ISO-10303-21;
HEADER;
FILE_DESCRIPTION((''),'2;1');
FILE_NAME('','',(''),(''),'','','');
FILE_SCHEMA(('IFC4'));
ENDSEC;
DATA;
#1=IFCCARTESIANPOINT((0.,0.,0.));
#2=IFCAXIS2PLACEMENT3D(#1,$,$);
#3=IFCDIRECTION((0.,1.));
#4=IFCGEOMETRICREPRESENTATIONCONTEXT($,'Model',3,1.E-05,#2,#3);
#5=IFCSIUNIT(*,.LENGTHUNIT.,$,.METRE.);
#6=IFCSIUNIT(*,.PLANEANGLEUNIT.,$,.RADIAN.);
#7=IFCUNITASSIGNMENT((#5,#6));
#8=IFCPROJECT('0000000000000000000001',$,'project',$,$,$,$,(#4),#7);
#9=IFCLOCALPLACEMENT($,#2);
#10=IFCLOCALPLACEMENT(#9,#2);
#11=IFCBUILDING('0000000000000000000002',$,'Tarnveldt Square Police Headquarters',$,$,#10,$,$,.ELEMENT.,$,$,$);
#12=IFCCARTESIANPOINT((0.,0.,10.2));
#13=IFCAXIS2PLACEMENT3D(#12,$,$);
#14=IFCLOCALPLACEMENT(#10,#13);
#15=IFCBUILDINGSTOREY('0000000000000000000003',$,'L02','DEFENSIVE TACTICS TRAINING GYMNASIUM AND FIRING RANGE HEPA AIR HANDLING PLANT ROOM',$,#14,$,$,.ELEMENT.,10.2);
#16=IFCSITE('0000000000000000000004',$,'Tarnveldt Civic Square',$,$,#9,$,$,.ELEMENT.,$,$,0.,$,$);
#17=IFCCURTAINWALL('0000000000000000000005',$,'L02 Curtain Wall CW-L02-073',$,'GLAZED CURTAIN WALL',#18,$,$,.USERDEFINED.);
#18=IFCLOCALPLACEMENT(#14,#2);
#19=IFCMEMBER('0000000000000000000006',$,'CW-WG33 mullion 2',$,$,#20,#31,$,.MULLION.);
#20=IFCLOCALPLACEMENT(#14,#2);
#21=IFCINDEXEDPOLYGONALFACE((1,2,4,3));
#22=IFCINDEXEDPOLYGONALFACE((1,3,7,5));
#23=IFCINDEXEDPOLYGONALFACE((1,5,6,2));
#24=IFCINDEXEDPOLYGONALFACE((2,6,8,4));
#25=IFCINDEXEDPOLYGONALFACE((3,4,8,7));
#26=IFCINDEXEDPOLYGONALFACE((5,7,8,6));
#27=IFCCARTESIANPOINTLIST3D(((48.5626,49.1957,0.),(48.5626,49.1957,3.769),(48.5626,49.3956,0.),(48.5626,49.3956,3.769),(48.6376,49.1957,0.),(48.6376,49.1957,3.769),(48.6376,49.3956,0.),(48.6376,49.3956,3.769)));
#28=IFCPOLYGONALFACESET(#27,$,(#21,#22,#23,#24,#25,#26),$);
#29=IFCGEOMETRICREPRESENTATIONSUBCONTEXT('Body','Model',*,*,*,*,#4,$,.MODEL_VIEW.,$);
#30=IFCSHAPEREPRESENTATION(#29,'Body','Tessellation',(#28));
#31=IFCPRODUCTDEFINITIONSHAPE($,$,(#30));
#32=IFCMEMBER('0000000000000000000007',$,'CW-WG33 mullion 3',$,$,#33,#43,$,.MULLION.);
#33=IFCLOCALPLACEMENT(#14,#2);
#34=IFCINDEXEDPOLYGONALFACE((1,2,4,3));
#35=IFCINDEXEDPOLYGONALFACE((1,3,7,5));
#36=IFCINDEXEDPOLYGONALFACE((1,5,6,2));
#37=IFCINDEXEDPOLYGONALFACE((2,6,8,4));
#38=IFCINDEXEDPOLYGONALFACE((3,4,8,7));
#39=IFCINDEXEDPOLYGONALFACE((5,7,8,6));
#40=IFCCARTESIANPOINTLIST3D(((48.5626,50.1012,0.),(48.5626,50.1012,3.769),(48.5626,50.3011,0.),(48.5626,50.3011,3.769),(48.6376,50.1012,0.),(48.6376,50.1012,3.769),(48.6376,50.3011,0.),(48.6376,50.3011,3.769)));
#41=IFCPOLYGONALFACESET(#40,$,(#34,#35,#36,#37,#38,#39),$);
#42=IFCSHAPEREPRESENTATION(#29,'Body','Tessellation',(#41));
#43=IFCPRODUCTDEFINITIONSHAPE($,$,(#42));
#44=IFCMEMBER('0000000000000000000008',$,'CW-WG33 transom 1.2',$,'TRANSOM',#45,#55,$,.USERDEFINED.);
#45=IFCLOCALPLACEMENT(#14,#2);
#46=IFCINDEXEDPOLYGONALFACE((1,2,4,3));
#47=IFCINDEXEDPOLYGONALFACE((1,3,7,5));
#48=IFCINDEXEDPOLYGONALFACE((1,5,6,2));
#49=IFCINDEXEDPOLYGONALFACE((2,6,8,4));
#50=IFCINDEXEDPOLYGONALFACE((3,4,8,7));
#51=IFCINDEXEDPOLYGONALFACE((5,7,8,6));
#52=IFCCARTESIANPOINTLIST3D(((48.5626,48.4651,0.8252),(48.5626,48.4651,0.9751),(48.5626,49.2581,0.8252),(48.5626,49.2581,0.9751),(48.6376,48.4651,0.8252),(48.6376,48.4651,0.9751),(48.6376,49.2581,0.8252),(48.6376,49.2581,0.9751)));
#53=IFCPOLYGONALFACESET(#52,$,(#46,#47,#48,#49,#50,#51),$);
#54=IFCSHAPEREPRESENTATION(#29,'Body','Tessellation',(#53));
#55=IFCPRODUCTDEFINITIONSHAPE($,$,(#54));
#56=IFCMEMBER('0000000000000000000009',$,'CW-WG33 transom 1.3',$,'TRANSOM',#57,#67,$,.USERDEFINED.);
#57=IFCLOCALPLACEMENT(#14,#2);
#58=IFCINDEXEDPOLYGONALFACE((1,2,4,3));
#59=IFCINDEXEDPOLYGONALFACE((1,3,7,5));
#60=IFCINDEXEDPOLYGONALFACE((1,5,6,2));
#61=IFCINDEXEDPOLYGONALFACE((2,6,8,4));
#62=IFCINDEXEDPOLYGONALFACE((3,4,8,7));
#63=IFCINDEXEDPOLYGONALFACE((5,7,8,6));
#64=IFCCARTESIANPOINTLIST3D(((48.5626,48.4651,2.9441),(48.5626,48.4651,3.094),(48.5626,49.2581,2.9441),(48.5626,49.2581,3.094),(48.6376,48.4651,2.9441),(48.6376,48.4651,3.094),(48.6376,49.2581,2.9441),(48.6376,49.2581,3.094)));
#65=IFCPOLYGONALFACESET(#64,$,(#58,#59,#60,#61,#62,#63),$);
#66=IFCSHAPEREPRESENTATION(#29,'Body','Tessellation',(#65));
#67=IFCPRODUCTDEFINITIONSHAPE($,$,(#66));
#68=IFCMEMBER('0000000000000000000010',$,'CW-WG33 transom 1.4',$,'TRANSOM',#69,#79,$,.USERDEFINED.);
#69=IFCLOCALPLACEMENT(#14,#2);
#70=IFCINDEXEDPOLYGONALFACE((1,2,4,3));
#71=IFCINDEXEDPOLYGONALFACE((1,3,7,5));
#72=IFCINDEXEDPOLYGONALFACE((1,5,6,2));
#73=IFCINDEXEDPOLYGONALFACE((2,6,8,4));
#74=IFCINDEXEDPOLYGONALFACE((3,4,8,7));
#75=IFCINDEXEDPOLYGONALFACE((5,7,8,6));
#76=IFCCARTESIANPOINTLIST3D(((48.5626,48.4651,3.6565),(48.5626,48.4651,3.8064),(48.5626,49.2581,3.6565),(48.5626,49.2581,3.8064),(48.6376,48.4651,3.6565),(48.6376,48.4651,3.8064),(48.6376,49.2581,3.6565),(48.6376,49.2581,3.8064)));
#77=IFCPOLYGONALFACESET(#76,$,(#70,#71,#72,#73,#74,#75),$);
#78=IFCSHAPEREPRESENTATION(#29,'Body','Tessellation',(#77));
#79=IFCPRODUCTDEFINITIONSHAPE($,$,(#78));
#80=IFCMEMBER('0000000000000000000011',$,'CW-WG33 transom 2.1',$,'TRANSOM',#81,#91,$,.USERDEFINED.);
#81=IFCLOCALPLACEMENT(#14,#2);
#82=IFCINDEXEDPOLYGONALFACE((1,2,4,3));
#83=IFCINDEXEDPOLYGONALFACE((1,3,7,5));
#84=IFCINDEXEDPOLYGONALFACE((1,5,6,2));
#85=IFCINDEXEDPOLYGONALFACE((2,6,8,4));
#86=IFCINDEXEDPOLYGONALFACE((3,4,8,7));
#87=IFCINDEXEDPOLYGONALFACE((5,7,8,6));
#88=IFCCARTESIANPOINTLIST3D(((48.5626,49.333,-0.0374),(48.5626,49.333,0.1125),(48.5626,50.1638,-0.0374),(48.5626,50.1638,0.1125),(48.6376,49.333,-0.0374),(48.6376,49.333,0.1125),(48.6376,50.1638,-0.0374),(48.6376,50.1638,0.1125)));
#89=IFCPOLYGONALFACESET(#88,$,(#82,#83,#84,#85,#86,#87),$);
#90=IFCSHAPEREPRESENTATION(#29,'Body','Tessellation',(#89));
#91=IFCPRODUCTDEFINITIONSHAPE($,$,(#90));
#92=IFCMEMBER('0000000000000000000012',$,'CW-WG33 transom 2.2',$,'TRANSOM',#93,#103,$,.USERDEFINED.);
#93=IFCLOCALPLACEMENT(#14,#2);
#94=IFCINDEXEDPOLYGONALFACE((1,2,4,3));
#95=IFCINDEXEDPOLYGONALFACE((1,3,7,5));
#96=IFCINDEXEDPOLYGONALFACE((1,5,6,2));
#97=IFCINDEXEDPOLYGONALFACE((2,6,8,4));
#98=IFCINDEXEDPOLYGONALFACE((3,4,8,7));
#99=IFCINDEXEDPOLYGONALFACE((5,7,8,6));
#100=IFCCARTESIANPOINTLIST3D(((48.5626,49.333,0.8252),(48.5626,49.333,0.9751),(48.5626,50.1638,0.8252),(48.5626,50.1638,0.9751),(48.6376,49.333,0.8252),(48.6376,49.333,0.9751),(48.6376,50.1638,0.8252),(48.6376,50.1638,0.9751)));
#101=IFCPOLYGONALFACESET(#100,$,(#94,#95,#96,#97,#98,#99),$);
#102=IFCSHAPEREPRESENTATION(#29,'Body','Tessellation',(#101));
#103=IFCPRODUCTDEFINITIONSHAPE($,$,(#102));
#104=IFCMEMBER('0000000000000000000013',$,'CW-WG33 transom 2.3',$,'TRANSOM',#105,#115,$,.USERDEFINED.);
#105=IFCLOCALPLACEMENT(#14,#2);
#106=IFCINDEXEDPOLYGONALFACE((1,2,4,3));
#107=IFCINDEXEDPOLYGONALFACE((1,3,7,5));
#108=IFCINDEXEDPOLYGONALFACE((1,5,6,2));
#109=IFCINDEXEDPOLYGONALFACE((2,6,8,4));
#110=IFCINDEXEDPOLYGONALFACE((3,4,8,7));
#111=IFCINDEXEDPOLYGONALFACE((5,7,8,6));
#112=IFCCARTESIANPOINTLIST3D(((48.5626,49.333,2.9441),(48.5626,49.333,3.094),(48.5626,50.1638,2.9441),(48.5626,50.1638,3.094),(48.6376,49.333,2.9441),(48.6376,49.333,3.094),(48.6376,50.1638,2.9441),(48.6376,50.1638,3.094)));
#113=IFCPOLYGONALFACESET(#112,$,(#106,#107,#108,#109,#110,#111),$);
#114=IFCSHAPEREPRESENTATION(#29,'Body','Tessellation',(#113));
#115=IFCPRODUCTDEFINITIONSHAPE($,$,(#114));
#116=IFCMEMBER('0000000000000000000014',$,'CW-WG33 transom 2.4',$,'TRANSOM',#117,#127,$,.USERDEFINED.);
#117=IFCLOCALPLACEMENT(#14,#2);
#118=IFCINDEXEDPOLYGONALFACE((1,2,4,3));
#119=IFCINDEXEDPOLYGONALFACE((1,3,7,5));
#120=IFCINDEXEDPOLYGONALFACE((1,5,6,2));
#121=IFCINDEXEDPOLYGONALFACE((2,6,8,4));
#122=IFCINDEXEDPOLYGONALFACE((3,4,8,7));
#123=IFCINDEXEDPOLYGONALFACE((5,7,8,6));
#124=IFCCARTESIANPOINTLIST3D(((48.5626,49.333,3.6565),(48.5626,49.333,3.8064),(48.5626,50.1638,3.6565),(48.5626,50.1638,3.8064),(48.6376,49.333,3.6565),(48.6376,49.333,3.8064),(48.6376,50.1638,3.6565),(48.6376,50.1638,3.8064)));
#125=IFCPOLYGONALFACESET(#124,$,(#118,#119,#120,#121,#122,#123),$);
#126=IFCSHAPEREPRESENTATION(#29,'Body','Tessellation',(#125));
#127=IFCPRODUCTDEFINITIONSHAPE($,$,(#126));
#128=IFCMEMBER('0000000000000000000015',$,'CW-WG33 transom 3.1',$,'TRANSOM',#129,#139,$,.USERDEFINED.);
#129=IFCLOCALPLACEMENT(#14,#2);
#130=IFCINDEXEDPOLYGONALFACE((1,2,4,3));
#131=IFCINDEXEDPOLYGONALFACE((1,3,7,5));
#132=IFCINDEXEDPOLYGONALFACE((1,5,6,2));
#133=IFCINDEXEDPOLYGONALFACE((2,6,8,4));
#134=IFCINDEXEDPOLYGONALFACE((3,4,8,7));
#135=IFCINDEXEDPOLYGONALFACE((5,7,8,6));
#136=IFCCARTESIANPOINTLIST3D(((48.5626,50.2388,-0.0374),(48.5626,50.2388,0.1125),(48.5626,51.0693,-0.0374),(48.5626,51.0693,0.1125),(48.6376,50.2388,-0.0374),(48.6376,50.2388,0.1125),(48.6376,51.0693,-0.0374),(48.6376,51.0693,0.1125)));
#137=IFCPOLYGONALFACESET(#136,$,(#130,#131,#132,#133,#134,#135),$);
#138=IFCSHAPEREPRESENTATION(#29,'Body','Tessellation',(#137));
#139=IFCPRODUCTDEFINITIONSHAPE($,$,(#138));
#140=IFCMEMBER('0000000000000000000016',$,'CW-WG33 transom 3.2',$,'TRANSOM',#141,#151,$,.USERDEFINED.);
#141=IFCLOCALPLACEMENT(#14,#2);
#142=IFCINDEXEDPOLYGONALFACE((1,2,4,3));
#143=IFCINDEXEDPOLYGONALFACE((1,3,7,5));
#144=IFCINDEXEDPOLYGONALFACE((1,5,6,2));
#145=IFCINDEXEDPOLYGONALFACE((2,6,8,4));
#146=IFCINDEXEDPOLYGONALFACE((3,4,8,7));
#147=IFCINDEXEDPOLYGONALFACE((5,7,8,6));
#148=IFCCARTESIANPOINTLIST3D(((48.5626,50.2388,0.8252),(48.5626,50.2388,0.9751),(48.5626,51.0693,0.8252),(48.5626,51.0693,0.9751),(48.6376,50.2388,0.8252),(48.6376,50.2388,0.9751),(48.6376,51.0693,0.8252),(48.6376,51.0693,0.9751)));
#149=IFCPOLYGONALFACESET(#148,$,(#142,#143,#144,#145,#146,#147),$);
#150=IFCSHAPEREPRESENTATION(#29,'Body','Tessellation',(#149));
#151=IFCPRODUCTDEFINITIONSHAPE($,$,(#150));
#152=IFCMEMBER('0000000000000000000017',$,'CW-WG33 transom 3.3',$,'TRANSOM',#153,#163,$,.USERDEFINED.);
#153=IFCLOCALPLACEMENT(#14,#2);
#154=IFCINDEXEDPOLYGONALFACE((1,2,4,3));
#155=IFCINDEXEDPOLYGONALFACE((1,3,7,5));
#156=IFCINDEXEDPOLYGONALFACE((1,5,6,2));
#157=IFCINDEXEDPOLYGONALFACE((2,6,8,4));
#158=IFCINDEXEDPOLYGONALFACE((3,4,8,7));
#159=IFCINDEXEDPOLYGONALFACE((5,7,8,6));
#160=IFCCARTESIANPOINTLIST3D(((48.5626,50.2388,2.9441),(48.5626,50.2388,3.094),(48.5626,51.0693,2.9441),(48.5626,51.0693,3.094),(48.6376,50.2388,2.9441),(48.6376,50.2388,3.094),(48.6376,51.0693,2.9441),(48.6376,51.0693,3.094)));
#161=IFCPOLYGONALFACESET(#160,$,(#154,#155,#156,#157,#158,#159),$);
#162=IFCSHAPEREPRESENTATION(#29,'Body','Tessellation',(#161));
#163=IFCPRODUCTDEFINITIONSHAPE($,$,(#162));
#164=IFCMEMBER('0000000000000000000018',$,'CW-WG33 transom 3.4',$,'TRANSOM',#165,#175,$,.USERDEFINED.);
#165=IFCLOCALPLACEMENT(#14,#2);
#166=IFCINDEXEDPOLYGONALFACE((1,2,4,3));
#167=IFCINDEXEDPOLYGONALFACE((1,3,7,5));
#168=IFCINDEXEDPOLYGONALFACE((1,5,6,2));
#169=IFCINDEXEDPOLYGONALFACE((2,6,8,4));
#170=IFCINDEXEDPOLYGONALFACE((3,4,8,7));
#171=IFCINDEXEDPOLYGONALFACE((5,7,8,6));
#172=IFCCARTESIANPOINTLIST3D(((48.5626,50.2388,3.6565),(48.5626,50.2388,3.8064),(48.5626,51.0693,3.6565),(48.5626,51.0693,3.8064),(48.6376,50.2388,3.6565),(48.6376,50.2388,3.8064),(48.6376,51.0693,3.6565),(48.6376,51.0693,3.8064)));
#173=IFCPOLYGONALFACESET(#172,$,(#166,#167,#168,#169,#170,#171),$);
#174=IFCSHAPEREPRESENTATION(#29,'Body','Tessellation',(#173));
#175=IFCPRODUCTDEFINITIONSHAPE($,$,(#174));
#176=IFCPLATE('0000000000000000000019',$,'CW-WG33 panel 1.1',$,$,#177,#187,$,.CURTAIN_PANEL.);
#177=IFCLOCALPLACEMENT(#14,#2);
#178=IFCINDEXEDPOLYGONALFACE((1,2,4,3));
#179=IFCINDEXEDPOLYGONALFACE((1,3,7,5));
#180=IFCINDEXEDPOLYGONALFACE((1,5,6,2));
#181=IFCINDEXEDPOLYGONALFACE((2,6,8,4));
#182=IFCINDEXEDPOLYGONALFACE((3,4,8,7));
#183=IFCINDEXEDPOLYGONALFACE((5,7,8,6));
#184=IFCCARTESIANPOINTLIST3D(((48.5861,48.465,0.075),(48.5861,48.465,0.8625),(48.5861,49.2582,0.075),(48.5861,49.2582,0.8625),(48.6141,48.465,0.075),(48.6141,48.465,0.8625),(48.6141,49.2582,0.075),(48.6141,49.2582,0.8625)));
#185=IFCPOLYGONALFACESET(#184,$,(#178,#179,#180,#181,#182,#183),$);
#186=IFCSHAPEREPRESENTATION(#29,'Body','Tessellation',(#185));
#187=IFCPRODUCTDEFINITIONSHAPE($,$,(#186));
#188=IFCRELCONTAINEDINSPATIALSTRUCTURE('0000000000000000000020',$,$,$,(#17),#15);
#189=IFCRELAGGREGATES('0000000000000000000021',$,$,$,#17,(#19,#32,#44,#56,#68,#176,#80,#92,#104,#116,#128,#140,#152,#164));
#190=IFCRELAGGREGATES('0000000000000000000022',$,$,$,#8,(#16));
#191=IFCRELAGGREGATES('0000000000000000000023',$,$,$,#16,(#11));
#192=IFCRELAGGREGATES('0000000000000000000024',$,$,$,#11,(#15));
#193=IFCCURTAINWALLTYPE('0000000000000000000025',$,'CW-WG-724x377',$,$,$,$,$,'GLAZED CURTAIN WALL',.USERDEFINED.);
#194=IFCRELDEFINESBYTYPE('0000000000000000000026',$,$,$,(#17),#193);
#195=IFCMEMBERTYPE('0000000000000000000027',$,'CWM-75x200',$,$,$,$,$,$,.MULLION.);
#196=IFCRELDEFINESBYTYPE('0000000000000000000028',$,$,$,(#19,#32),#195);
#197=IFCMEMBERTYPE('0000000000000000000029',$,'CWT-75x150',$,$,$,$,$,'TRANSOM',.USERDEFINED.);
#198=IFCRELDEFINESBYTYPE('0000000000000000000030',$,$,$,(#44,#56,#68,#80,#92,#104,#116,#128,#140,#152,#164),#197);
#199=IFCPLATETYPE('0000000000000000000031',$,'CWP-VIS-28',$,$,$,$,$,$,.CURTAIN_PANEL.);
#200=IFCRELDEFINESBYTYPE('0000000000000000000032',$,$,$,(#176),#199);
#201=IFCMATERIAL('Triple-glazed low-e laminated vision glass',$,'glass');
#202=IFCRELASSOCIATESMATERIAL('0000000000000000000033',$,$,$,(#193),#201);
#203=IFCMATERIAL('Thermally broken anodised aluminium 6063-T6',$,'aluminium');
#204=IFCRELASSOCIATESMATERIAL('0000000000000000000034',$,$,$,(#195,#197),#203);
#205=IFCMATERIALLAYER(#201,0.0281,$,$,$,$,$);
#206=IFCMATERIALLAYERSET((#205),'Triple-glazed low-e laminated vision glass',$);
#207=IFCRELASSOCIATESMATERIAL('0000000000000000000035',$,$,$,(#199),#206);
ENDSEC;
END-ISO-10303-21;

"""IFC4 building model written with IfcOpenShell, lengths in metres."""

from ifc_helpers import new_model, si_unit, direction, frame, origin, origin_2d, place, context, subcontext, project, spatial, rectangle, extrude, material, layer, layer_set, material_profile, profile_set, type_object, element, aggregate, save


model = new_model("IFC4")

# Units and contexts
model_context = context("Model", 3, precision=1e-05, world=origin(), true_north=direction((0.0, 1.0)))
body_context = subcontext(model_context, "Body", "Model", "MODEL_VIEW")
ifc_project = project(units=[si_unit("LENGTHUNIT", "METRE"), si_unit("PLANEANGLEUNIT", "RADIAN")], contexts=[model_context])

# Site, building, storey
site_placement = place(None, origin())
site = spatial("IfcSite", under=ifc_project, at=site_placement, Name="Tarnveldt Civic Square", CompositionType="ELEMENT", RefElevation=0.0)
building_placement = place(site_placement, origin())
building = spatial("IfcBuilding", under=site, at=building_placement, Name="Tarnveldt Square Police Headquarters", CompositionType="ELEMENT")
storey_placement = place(building_placement, frame((0.0, 0.0, 10.2)))
storey = spatial("IfcBuildingStorey", under=building, at=storey_placement, Name="L02", Description="DEFENSIVE TACTICS TRAINING GYMNASIUM AND FIRING RANGE HEPA AIR HANDLING PLANT ROOM", CompositionType="ELEMENT", Elevation=10.2)

# Curtain wall, members, plate
ifc_material_1 = material(Name="Triple-glazed low-e laminated vision glass", Category="glass")
curtain_wall_type = type_object("IfcCurtainWallType", Name="CW-WG-724x377", ElementType="GLAZED CURTAIN WALL", PredefinedType="USERDEFINED", material=ifc_material_1)
curtain_wall_placement = place(storey_placement, origin())
curtain_wall = element("IfcCurtainWall", 1, at=curtain_wall_placement, inside=storey, type_object=curtain_wall_type, Name="L02 Curtain Wall CW-L02-073", ObjectType="GLAZED CURTAIN WALL", PredefinedType="USERDEFINED")
ifc_material_2 = material(Name="Thermally broken anodised aluminium 6063-T6", Category="aluminium")
ifc_material_profile_1 = material_profile(ifc_material_2, rectangle(XDim=0.075, YDim=0.2, at=origin_2d()), Name="CW-M75x200")
ifc_profile_set_1 = profile_set([ifc_material_profile_1], Name="Thermally broken anodised aluminium 6063-T6")
member_type_1 = type_object("IfcMemberType", Name="CWM-75x200", PredefinedType="MULLION", material=ifc_profile_set_1)
member_1_placement = place(storey_placement, frame((48.6001, 49.2957, 0.0), z_axis=(0.0, 0.0, 1.0), x_axis=(-1.0, 0.0, 0.0)))
member_1 = element("IfcMember", 2, at=member_1_placement, type_object=member_type_1, Name="CW-WG33 mullion 2", PredefinedType="MULLION", context=body_context, shape_type="SweptSolid", body=[
    extrude(rectangle(XDim=0.075, YDim=0.2, at=origin_2d()), origin(), (0.0, 0.0, 1.0), 3.769),
])
member_2_placement = place(storey_placement, frame((48.6001, 50.2012, 0.0), z_axis=(0.0, 0.0, 1.0), x_axis=(-1.0, 0.0, 0.0)))
member_2 = element("IfcMember", 3, at=member_2_placement, type_object=member_type_1, Name="CW-WG33 mullion 3", PredefinedType="MULLION", context=body_context, shape_type="SweptSolid", body=[
    extrude(rectangle(XDim=0.075, YDim=0.2, at=origin_2d()), origin(), (0.0, 0.0, 1.0), 3.769),
])
ifc_material_profile_2 = material_profile(ifc_material_2, rectangle(XDim=0.075, YDim=0.1499, at=origin_2d()), Name="CW-T75x150")
ifc_profile_set_2 = profile_set([ifc_material_profile_2], Name="Thermally broken anodised aluminium 6063-T6")
member_type_2 = type_object("IfcMemberType", Name="CWT-75x150", ElementType="TRANSOM", PredefinedType="USERDEFINED", material=ifc_profile_set_2)
member_3_placement = place(storey_placement, frame((48.6001, 48.4651, 0.9001), z_axis=(0.0, 1.0, 0.0), x_axis=(-1.0, 0.0, 0.0)))
member_3 = element("IfcMember", 4, at=member_3_placement, type_object=member_type_2, Name="CW-WG33 transom 1.2", ObjectType="TRANSOM", PredefinedType="USERDEFINED", context=body_context, shape_type="SweptSolid", body=[
    extrude(rectangle(XDim=0.075, YDim=0.1499, at=origin_2d()), origin(), (0.0, 0.0, 1.0), 0.793),
])
member_4_placement = place(storey_placement, frame((48.6001, 48.4651, 3.019), z_axis=(0.0, 1.0, 0.0), x_axis=(-1.0, 0.0, 0.0)))
member_4 = element("IfcMember", 5, at=member_4_placement, type_object=member_type_2, Name="CW-WG33 transom 1.3", ObjectType="TRANSOM", PredefinedType="USERDEFINED", context=body_context, shape_type="SweptSolid", body=[
    extrude(rectangle(XDim=0.075, YDim=0.1499, at=origin_2d()), origin(), (0.0, 0.0, 1.0), 0.793),
])
member_5_placement = place(storey_placement, frame((48.6001, 48.4651, 3.7314), z_axis=(0.0, 1.0, 0.0), x_axis=(-1.0, 0.0, 0.0)))
member_5 = element("IfcMember", 6, at=member_5_placement, type_object=member_type_2, Name="CW-WG33 transom 1.4", ObjectType="TRANSOM", PredefinedType="USERDEFINED", context=body_context, shape_type="SweptSolid", body=[
    extrude(rectangle(XDim=0.075, YDim=0.1499, at=origin_2d()), origin(), (0.0, 0.0, 1.0), 0.793),
])
member_6_placement = place(storey_placement, frame((48.6001, 49.333, 0.0376), z_axis=(0.0, 1.0, 0.0), x_axis=(-1.0, 0.0, 0.0)))
member_6 = element("IfcMember", 7, at=member_6_placement, type_object=member_type_2, Name="CW-WG33 transom 2.1", ObjectType="TRANSOM", PredefinedType="USERDEFINED", context=body_context, shape_type="SweptSolid", body=[
    extrude(rectangle(XDim=0.075, YDim=0.1499, at=origin_2d()), origin(), (0.0, 0.0, 1.0), 0.8308),
])
member_7_placement = place(storey_placement, frame((48.6001, 49.333, 0.9001), z_axis=(0.0, 1.0, 0.0), x_axis=(-1.0, 0.0, 0.0)))
member_7 = element("IfcMember", 8, at=member_7_placement, type_object=member_type_2, Name="CW-WG33 transom 2.2", ObjectType="TRANSOM", PredefinedType="USERDEFINED", context=body_context, shape_type="SweptSolid", body=[
    extrude(rectangle(XDim=0.075, YDim=0.1499, at=origin_2d()), origin(), (0.0, 0.0, 1.0), 0.8308),
])
member_8_placement = place(storey_placement, frame((48.6001, 49.333, 3.019), z_axis=(0.0, 1.0, 0.0), x_axis=(-1.0, 0.0, 0.0)))
member_8 = element("IfcMember", 9, at=member_8_placement, type_object=member_type_2, Name="CW-WG33 transom 2.3", ObjectType="TRANSOM", PredefinedType="USERDEFINED", context=body_context, shape_type="SweptSolid", body=[
    extrude(rectangle(XDim=0.075, YDim=0.1499, at=origin_2d()), origin(), (0.0, 0.0, 1.0), 0.8308),
])
member_9_placement = place(storey_placement, frame((48.6001, 49.333, 3.7314), z_axis=(0.0, 1.0, 0.0), x_axis=(-1.0, 0.0, 0.0)))
member_9 = element("IfcMember", 10, at=member_9_placement, type_object=member_type_2, Name="CW-WG33 transom 2.4", ObjectType="TRANSOM", PredefinedType="USERDEFINED", context=body_context, shape_type="SweptSolid", body=[
    extrude(rectangle(XDim=0.075, YDim=0.1499, at=origin_2d()), origin(), (0.0, 0.0, 1.0), 0.8308),
])
member_10_placement = place(storey_placement, frame((48.6001, 50.2388, 0.0376), z_axis=(0.0, 1.0, 0.0), x_axis=(-1.0, 0.0, 0.0)))
member_10 = element("IfcMember", 11, at=member_10_placement, type_object=member_type_2, Name="CW-WG33 transom 3.1", ObjectType="TRANSOM", PredefinedType="USERDEFINED", context=body_context, shape_type="SweptSolid", body=[
    extrude(rectangle(XDim=0.075, YDim=0.1499, at=origin_2d()), origin(), (0.0, 0.0, 1.0), 0.8306),
])
member_11_placement = place(storey_placement, frame((48.6001, 50.2388, 0.9001), z_axis=(0.0, 1.0, 0.0), x_axis=(-1.0, 0.0, 0.0)))
member_11 = element("IfcMember", 12, at=member_11_placement, type_object=member_type_2, Name="CW-WG33 transom 3.2", ObjectType="TRANSOM", PredefinedType="USERDEFINED", context=body_context, shape_type="SweptSolid", body=[
    extrude(rectangle(XDim=0.075, YDim=0.1499, at=origin_2d()), origin(), (0.0, 0.0, 1.0), 0.8306),
])
member_12_placement = place(storey_placement, frame((48.6001, 50.2388, 3.019), z_axis=(0.0, 1.0, 0.0), x_axis=(-1.0, 0.0, 0.0)))
member_12 = element("IfcMember", 13, at=member_12_placement, type_object=member_type_2, Name="CW-WG33 transom 3.3", ObjectType="TRANSOM", PredefinedType="USERDEFINED", context=body_context, shape_type="SweptSolid", body=[
    extrude(rectangle(XDim=0.075, YDim=0.1499, at=origin_2d()), origin(), (0.0, 0.0, 1.0), 0.8306),
])
member_13_placement = place(storey_placement, frame((48.6001, 50.2388, 3.7314), z_axis=(0.0, 1.0, 0.0), x_axis=(-1.0, 0.0, 0.0)))
member_13 = element("IfcMember", 14, at=member_13_placement, type_object=member_type_2, Name="CW-WG33 transom 3.4", ObjectType="TRANSOM", PredefinedType="USERDEFINED", context=body_context, shape_type="SweptSolid", body=[
    extrude(rectangle(XDim=0.075, YDim=0.1499, at=origin_2d()), origin(), (0.0, 0.0, 1.0), 0.8306),
])
ifc_layer = layer(ifc_material_1, 0.0281)
ifc_layer_set = layer_set([ifc_layer], Name="Triple-glazed low-e laminated vision glass")
plate_type = type_object("IfcPlateType", Name="CWP-VIS-28", PredefinedType="CURTAIN_PANEL", material=ifc_layer_set)
plate_1_placement = place(storey_placement, frame((48.6001, 48.8616, 0.075), z_axis=(0.0, 0.0, 1.0), x_axis=(0.0, 1.0, 0.0)))
plate_1 = element("IfcPlate", 15, at=plate_1_placement, type_object=plate_type, Name="CW-WG33 panel 1.1", PredefinedType="CURTAIN_PANEL", context=body_context, shape_type="SweptSolid", body=[
    extrude(rectangle(XDim=0.7932, YDim=0.0281, at=origin_2d()), origin(), (0.0, 0.0, 1.0), 0.7876),
])
aggregate(curtain_wall, [member_1, member_2, member_3, member_4, member_5, plate_1, member_6, member_7, member_8, member_9, member_10, member_11, member_12, member_13])

save(model, "model.ifc")
